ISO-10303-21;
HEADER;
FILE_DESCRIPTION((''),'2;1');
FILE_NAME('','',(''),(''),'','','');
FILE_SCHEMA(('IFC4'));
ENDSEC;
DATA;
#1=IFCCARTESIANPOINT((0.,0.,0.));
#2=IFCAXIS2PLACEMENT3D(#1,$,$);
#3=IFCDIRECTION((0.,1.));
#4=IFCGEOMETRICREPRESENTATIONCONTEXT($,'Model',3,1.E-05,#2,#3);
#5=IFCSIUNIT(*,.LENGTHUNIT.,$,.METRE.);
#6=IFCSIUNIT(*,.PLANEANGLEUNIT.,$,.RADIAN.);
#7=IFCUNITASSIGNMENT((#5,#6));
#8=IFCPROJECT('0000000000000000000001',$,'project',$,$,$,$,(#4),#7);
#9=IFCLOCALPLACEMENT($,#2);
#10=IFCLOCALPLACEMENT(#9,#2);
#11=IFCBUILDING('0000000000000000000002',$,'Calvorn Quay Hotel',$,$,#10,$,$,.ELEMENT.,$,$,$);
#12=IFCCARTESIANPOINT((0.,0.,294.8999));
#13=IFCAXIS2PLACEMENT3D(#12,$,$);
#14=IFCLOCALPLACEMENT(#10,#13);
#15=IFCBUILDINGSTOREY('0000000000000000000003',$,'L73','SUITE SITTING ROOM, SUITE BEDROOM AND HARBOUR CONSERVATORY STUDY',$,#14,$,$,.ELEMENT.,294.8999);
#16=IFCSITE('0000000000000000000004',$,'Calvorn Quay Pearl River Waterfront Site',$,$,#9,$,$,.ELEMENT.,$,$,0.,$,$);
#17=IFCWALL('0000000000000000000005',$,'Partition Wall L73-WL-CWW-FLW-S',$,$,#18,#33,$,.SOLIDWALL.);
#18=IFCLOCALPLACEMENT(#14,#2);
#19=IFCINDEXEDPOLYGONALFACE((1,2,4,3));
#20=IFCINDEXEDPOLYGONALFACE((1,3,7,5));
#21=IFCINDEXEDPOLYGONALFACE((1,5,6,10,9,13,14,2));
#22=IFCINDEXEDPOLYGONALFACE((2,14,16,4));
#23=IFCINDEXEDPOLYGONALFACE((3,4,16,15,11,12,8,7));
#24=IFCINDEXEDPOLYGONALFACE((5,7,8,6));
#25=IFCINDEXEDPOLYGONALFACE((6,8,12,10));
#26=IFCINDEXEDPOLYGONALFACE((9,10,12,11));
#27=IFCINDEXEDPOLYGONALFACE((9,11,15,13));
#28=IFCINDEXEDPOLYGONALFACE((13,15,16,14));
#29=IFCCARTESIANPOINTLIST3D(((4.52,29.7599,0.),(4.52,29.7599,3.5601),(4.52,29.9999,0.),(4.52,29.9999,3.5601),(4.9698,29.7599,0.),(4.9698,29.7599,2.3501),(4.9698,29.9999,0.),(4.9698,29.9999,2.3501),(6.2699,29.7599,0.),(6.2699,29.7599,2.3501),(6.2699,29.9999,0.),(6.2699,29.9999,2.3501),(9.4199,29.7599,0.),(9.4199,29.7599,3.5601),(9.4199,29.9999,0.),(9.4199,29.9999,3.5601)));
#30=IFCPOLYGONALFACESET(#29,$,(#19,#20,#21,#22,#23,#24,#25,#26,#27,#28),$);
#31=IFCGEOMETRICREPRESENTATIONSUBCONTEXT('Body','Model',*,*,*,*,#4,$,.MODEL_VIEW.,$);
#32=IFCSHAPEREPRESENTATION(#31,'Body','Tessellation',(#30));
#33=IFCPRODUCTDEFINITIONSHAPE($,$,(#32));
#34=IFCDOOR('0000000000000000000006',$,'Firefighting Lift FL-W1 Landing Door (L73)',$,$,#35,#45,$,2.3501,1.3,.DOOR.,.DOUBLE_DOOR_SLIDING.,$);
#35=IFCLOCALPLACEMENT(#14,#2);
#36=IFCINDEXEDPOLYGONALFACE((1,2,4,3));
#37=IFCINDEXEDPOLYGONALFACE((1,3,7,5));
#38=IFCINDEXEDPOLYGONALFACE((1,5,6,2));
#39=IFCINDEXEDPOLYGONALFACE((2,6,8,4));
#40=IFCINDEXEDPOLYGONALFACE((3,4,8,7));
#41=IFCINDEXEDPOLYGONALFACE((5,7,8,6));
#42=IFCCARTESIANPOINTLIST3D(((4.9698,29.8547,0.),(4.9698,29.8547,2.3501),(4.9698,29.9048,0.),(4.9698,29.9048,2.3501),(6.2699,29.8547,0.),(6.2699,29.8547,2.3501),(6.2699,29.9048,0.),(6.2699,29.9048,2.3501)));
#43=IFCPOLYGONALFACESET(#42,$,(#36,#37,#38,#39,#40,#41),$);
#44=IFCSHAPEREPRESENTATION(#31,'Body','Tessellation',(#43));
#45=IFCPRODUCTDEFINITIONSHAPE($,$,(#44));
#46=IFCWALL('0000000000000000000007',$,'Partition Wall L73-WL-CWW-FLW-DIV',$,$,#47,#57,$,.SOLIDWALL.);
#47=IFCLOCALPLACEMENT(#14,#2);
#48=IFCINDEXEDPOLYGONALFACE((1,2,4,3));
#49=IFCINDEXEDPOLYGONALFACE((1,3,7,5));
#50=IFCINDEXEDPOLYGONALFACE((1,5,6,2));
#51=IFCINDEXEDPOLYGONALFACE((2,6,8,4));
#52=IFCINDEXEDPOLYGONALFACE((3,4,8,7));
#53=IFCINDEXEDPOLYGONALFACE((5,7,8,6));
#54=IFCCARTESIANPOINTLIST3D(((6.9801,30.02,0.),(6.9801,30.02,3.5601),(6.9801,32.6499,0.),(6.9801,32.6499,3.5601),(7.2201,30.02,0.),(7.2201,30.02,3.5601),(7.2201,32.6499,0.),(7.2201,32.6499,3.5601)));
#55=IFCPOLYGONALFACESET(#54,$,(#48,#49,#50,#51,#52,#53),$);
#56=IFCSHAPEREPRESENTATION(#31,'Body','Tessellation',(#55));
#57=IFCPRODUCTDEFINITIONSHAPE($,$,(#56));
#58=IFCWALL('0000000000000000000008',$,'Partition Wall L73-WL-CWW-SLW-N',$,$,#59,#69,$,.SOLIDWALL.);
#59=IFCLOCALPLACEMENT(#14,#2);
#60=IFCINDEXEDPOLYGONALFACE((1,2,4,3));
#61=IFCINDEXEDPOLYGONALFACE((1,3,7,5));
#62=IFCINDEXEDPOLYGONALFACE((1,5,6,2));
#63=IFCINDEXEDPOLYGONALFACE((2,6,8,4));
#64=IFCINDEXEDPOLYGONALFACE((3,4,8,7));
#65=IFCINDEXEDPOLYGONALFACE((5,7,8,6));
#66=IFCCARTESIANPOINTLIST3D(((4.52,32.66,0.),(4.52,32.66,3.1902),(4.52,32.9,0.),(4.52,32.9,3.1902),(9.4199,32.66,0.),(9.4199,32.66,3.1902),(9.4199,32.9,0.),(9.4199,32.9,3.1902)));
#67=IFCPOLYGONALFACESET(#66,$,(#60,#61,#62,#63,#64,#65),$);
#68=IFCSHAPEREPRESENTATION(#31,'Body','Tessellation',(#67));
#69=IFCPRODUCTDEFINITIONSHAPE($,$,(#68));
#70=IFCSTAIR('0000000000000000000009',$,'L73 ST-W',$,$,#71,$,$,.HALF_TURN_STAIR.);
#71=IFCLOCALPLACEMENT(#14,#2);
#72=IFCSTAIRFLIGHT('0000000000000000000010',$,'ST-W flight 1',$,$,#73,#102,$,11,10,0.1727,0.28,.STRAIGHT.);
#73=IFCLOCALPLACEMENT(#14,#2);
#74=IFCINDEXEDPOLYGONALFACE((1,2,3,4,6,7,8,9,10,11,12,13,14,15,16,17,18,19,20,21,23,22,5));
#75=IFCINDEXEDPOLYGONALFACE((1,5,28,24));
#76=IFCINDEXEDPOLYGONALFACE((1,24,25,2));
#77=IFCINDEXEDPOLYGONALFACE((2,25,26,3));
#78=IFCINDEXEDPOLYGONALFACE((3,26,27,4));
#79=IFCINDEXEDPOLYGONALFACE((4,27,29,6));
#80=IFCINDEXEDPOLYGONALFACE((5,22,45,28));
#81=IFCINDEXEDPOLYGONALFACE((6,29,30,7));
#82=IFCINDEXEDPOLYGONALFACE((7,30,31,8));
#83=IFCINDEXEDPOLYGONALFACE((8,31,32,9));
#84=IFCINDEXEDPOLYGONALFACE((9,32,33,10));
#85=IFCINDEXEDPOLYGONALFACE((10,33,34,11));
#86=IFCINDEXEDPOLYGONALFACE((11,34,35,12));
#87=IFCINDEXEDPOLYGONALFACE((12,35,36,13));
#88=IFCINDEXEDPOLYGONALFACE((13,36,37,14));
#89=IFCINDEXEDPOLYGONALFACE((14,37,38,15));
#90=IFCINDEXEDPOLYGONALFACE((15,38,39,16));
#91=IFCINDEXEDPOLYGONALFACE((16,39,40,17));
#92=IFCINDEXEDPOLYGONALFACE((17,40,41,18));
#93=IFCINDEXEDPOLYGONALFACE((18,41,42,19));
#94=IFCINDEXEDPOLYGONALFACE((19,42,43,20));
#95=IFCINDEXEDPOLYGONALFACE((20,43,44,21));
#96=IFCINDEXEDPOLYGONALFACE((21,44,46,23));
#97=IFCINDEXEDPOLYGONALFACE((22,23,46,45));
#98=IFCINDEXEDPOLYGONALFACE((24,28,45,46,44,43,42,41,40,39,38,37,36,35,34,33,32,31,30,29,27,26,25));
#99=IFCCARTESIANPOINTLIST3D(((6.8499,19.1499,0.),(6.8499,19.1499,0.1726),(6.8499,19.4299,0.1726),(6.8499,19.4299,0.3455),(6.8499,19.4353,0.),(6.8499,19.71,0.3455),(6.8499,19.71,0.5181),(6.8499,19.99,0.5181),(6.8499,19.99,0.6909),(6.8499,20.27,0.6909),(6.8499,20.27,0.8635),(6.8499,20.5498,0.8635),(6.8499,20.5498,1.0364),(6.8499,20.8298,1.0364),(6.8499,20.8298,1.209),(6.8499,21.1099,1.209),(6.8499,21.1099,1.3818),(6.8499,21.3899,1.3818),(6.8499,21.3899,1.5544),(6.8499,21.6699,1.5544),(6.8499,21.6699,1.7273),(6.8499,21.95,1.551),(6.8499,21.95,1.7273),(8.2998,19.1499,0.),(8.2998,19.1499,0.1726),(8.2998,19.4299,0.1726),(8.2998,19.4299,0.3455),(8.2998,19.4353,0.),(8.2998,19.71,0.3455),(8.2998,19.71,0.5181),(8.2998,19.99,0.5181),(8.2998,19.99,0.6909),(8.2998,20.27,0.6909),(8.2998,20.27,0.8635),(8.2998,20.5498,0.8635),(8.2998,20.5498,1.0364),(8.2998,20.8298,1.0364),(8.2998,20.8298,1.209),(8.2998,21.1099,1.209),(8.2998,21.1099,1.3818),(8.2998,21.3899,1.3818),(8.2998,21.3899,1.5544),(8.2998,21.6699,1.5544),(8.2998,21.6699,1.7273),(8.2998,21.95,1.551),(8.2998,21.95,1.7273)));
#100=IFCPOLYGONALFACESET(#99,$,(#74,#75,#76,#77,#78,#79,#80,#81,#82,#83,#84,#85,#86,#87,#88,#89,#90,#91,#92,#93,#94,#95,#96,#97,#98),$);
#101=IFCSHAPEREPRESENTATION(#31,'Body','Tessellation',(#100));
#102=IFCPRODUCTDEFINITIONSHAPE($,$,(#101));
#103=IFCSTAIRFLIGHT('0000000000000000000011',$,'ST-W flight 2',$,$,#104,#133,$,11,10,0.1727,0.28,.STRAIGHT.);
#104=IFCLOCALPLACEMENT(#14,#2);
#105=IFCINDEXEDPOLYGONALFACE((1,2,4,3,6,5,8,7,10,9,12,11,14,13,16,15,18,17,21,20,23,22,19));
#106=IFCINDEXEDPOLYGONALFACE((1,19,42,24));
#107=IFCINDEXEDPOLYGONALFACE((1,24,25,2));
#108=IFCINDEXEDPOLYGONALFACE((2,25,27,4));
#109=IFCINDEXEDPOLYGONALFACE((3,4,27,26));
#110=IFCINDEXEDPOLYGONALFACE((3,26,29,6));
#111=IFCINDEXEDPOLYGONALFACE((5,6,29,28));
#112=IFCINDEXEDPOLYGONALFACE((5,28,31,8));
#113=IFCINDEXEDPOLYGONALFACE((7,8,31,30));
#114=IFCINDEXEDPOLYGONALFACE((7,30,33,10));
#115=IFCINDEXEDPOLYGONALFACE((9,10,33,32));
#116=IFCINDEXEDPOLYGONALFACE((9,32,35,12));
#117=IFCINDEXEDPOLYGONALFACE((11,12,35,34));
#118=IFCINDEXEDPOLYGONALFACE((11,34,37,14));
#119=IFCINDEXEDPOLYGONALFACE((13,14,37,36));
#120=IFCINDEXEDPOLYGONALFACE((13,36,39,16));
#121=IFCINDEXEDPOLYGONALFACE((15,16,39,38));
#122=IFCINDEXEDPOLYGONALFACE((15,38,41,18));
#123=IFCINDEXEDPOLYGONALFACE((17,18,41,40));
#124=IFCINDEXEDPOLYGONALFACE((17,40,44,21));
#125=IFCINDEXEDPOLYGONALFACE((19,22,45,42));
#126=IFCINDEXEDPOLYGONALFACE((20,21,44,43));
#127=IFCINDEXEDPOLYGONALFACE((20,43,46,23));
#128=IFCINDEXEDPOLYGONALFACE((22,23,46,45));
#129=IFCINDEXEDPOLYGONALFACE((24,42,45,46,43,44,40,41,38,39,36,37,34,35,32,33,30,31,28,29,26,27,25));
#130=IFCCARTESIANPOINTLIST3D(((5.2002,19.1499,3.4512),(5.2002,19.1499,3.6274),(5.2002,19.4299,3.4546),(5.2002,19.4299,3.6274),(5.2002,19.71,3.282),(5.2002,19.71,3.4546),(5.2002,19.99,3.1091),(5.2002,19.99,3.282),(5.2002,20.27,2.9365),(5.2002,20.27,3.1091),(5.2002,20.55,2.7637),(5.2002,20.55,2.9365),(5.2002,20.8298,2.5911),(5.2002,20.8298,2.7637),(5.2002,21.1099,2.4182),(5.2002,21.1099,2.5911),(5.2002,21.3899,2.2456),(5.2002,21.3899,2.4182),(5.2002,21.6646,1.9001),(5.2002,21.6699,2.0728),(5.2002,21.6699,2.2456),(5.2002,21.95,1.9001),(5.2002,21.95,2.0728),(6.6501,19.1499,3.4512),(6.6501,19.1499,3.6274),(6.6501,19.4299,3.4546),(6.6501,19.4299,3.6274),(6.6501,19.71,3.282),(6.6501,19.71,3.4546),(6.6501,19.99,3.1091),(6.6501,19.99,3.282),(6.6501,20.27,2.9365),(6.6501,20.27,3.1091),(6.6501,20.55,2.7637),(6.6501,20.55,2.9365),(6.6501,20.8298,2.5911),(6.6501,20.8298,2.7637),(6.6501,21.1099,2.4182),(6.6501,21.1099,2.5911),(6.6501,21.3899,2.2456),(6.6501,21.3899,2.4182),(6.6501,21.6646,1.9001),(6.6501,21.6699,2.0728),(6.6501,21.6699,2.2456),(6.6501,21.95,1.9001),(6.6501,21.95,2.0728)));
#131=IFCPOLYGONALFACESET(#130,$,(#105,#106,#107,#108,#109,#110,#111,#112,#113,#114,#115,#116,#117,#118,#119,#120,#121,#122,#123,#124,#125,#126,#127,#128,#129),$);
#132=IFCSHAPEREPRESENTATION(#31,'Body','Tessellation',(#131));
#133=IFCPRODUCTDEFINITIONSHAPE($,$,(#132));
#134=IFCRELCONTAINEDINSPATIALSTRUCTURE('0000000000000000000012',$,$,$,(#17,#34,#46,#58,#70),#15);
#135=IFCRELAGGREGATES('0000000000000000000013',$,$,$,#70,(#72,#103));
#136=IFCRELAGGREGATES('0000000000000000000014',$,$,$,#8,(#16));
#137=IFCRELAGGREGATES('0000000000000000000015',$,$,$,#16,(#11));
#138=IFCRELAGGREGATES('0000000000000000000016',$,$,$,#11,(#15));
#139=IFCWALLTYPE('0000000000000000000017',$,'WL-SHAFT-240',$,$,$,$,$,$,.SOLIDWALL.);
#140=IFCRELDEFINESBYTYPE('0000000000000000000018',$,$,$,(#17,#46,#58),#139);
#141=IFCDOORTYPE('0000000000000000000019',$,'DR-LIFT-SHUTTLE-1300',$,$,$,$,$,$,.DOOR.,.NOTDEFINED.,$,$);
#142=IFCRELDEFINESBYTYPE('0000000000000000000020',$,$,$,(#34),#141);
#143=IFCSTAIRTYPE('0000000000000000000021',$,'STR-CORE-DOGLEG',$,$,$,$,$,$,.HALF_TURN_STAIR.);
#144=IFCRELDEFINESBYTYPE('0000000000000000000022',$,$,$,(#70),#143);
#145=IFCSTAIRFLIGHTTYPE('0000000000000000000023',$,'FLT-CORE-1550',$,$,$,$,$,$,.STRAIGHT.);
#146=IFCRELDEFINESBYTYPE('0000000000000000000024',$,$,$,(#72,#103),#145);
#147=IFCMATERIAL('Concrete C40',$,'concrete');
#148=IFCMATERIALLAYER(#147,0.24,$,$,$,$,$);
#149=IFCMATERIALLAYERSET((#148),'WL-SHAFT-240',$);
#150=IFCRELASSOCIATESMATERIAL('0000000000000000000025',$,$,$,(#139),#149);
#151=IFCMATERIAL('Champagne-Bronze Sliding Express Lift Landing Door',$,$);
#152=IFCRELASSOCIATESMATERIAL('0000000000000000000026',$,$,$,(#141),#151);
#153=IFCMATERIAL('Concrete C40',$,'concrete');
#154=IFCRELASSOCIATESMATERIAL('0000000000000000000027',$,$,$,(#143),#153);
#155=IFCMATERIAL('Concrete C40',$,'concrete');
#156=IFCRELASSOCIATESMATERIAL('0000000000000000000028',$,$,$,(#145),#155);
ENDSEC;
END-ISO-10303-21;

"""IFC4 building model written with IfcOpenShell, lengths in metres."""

from ifc_helpers import new_model, si_unit, direction, frame, frame_2d, origin, place, context, subcontext, project, spatial, polyline, rectangle, outline, extrude, material, layer, layer_set, type_object, element, fill, aggregate, save


model = new_model("IFC4")

# Units and contexts
model_context = context("Model", 3, precision=1e-05, world=origin(), true_north=direction((0.0, 1.0)))
body_context = subcontext(model_context, "Body", "Model", "MODEL_VIEW")
ifc_project = project(units=[si_unit("LENGTHUNIT", "METRE"), si_unit("PLANEANGLEUNIT", "RADIAN")], contexts=[model_context])

# Site, building, storey
site_placement = place(None, origin())
site = spatial("IfcSite", under=ifc_project, at=site_placement, Name="Calvorn Quay Pearl River Waterfront Site", CompositionType="ELEMENT", RefElevation=0.0)
building_placement = place(site_placement, origin())
building = spatial("IfcBuilding", under=site, at=building_placement, Name="Calvorn Quay Hotel", CompositionType="ELEMENT")
storey_placement = place(building_placement, frame((0.0, 0.0, 294.8999)))
storey = spatial("IfcBuildingStorey", under=building, at=storey_placement, Name="L73", Description="SUITE SITTING ROOM, SUITE BEDROOM AND HARBOUR CONSERVATORY STUDY", CompositionType="ELEMENT", Elevation=294.8999)

# Shared definitions
ifc_material_1 = material(Name="Concrete C40", Category="concrete")
ifc_layer_1 = layer(ifc_material_1, 0.24)
ifc_layer_set_1 = layer_set([ifc_layer_1], Name="WL-SHAFT-240")
wall_type_1 = type_object("IfcWallType", Name="WL-SHAFT-240", PredefinedType="SOLIDWALL", material=ifc_layer_set_1)

# Wall, opening, door
wall_1_placement = place(storey_placement, frame((4.52, 29.8799, 0.0), z_axis=(0.0, 0.0, 1.0), x_axis=(1.0, 0.0, 0.0)))
wall_1 = element("IfcWall", 1, at=wall_1_placement, inside=storey, type_object=wall_type_1, Name="Partition Wall L73-WL-CWW-FLW-S", PredefinedType="SOLIDWALL", context=body_context, shape_type="SweptSolid", body=[
    extrude(rectangle(XDim=4.8999, YDim=0.24, at=frame_2d((2.45, 0.0))), origin(), (0.0, 0.0, 1.0), 3.5601),
])
opening_1_placement = place(wall_1_placement, frame((0.45, 0.0, 0.0)))
opening_1 = element("IfcOpeningElement", 2, at=opening_1_placement, cuts=wall_1, PredefinedType="OPENING", context=body_context, shape_type="SweptSolid", body=[
    extrude(rectangle(XDim=1.3, YDim=2.3501, at=frame_2d((0.6499, 1.175))), frame((0.0, 0.1299, 0.0), z_axis=(0.0, -1.0, 0.0), x_axis=(1.0, 0.0, 0.0)), (0.0, 0.0, 1.0), 0.26),
])
ifc_material_2 = material(Name="Champagne-Bronze Sliding Express Lift Landing Door")
door_type_1 = type_object("IfcDoorType", Name="DR-LIFT-SHUTTLE-1300", OperationType="NOTDEFINED", PredefinedType="DOOR", material=ifc_material_2)
door_1_placement = place(opening_1_placement, origin())
door_1 = element("IfcDoor", 3, at=door_1_placement, inside=storey, type_object=door_type_1, Name="Firefighting Lift FL-W1 Landing Door (L73)", OperationType="DOUBLE_DOOR_SLIDING", OverallHeight=2.3501, OverallWidth=1.3, PredefinedType="DOOR", context=body_context, shape_type="SweptSolid", body=[
    extrude(rectangle(XDim=1.3, YDim=2.3501, at=frame_2d((0.6499, 1.175))), frame((0.0, 0.0249, 0.0), z_axis=(0.0, -1.0, 0.0), x_axis=(1.0, 0.0, 0.0)), (0.0, 0.0, 1.0), 0.05),
])
fill(opening_1, door_1)

# Walls
wall_2_placement = place(storey_placement, frame((7.1001, 30.02, 0.0), z_axis=(0.0, 0.0, 1.0), x_axis=(0.0, 1.0, 0.0)))
element("IfcWall", 4, at=wall_2_placement, inside=storey, type_object=wall_type_1, Name="Partition Wall L73-WL-CWW-FLW-DIV", PredefinedType="SOLIDWALL", context=body_context, shape_type="SweptSolid", body=[
    extrude(rectangle(XDim=2.6299, YDim=0.24, at=frame_2d((1.3149, 0.0))), origin(), (0.0, 0.0, 1.0), 3.5601),
])
wall_3_placement = place(storey_placement, frame((4.52, 32.78, 0.0), z_axis=(0.0, 0.0, 1.0), x_axis=(1.0, 0.0, 0.0)))
element("IfcWall", 5, at=wall_3_placement, inside=storey, type_object=wall_type_1, Name="Partition Wall L73-WL-CWW-SLW-N", PredefinedType="SOLIDWALL", context=body_context, shape_type="SweptSolid", body=[
    extrude(rectangle(XDim=4.8999, YDim=0.24, at=frame_2d((2.45, 0.0))), origin(), (0.0, 0.0, 1.0), 3.1902),
])

# Stair, stair flights
ifc_material_3 = material(Name="Concrete C40", Category="concrete")
stair_type = type_object("IfcStairType", Name="STR-CORE-DOGLEG", PredefinedType="HALF_TURN_STAIR", material=ifc_material_3)
stair_placement = place(storey_placement, origin())
stair = element("IfcStair", 6, at=stair_placement, inside=storey, type_object=stair_type, Name="L73 ST-W", PredefinedType="HALF_TURN_STAIR")
ifc_material_4 = material(Name="Concrete C40", Category="concrete")
stair_flight_type = type_object("IfcStairFlightType", Name="FLT-CORE-1550", PredefinedType="STRAIGHT", material=ifc_material_4)
stair_flight_1_placement = place(storey_placement, frame((7.575, 19.1499, 0.0), z_axis=(0.0, 0.0, 1.0), x_axis=(0.0, 1.0, 0.0)))
stair_flight_1 = element("IfcStairFlight", 7, at=stair_flight_1_placement, type_object=stair_flight_type, Name="ST-W flight 1", NumberOfRisers=11, NumberOfTreads=10, PredefinedType="STRAIGHT", RiserHeight=0.1727, TreadLength=0.28, context=body_context, shape_type="SweptSolid", body=[
    extrude(outline(polyline([(0.0, 0.0), (0.0, 0.1726), (0.28, 0.1726), (0.28, 0.3455), (0.5601, 0.3455), (0.5601, 0.5181), (0.8401, 0.5181), (0.8401, 0.6909), (1.1201, 0.6909), (1.1201, 0.8635), (1.3999, 0.8635), (1.3999, 1.0364), (1.6799, 1.0364), (1.6799, 1.209), (1.96, 1.209), (1.96, 1.3818), (2.24, 1.3818), (2.24, 1.5544), (2.52, 1.5544), (2.52, 1.7273), (2.8, 1.7273), (2.8, 1.8999), (2.8, 1.551), (0.2854, 0.0), (0.0, 0.0)])), frame((0.0, 0.7251, 0.0), z_axis=(0.0, -1.0, 0.0), x_axis=(1.0, 0.0, 0.0)), (0.0, 0.0, 1.0), 1.45),
])
stair_flight_2_placement = place(storey_placement, frame((5.925, 21.95, 1.9001), z_axis=(0.0, 0.0, 1.0), x_axis=(0.0, -1.0, 0.0)))
stair_flight_2 = element("IfcStairFlight", 8, at=stair_flight_2_placement, type_object=stair_flight_type, Name="ST-W flight 2", NumberOfRisers=11, NumberOfTreads=10, PredefinedType="STRAIGHT", RiserHeight=0.1727, TreadLength=0.28, context=body_context, shape_type="SweptSolid", body=[
    extrude(outline(polyline([(0.0, 0.0), (0.0, 0.1726), (0.28, 0.1726), (0.28, 0.3455), (0.5601, 0.3455), (0.5601, 0.5181), (0.8401, 0.5181), (0.8401, 0.6909), (1.1201, 0.6909), (1.1201, 0.8635), (1.3999, 0.8635), (1.3999, 1.0364), (1.6799, 1.0364), (1.6799, 1.209), (1.96, 1.209), (1.96, 1.3818), (2.24, 1.3818), (2.24, 1.5544), (2.52, 1.5544), (2.52, 1.7273), (2.8, 1.7273), (2.8, 1.8999), (2.8, 1.551), (0.2854, 0.0), (0.0, 0.0)])), frame((0.0, 0.7251, 0.0), z_axis=(0.0, -1.0, 0.0), x_axis=(1.0, 0.0, 0.0)), (0.0, 0.0, 1.0), 1.45),
])
aggregate(stair, [stair_flight_1, stair_flight_2])

save(model, "model.ifc")
